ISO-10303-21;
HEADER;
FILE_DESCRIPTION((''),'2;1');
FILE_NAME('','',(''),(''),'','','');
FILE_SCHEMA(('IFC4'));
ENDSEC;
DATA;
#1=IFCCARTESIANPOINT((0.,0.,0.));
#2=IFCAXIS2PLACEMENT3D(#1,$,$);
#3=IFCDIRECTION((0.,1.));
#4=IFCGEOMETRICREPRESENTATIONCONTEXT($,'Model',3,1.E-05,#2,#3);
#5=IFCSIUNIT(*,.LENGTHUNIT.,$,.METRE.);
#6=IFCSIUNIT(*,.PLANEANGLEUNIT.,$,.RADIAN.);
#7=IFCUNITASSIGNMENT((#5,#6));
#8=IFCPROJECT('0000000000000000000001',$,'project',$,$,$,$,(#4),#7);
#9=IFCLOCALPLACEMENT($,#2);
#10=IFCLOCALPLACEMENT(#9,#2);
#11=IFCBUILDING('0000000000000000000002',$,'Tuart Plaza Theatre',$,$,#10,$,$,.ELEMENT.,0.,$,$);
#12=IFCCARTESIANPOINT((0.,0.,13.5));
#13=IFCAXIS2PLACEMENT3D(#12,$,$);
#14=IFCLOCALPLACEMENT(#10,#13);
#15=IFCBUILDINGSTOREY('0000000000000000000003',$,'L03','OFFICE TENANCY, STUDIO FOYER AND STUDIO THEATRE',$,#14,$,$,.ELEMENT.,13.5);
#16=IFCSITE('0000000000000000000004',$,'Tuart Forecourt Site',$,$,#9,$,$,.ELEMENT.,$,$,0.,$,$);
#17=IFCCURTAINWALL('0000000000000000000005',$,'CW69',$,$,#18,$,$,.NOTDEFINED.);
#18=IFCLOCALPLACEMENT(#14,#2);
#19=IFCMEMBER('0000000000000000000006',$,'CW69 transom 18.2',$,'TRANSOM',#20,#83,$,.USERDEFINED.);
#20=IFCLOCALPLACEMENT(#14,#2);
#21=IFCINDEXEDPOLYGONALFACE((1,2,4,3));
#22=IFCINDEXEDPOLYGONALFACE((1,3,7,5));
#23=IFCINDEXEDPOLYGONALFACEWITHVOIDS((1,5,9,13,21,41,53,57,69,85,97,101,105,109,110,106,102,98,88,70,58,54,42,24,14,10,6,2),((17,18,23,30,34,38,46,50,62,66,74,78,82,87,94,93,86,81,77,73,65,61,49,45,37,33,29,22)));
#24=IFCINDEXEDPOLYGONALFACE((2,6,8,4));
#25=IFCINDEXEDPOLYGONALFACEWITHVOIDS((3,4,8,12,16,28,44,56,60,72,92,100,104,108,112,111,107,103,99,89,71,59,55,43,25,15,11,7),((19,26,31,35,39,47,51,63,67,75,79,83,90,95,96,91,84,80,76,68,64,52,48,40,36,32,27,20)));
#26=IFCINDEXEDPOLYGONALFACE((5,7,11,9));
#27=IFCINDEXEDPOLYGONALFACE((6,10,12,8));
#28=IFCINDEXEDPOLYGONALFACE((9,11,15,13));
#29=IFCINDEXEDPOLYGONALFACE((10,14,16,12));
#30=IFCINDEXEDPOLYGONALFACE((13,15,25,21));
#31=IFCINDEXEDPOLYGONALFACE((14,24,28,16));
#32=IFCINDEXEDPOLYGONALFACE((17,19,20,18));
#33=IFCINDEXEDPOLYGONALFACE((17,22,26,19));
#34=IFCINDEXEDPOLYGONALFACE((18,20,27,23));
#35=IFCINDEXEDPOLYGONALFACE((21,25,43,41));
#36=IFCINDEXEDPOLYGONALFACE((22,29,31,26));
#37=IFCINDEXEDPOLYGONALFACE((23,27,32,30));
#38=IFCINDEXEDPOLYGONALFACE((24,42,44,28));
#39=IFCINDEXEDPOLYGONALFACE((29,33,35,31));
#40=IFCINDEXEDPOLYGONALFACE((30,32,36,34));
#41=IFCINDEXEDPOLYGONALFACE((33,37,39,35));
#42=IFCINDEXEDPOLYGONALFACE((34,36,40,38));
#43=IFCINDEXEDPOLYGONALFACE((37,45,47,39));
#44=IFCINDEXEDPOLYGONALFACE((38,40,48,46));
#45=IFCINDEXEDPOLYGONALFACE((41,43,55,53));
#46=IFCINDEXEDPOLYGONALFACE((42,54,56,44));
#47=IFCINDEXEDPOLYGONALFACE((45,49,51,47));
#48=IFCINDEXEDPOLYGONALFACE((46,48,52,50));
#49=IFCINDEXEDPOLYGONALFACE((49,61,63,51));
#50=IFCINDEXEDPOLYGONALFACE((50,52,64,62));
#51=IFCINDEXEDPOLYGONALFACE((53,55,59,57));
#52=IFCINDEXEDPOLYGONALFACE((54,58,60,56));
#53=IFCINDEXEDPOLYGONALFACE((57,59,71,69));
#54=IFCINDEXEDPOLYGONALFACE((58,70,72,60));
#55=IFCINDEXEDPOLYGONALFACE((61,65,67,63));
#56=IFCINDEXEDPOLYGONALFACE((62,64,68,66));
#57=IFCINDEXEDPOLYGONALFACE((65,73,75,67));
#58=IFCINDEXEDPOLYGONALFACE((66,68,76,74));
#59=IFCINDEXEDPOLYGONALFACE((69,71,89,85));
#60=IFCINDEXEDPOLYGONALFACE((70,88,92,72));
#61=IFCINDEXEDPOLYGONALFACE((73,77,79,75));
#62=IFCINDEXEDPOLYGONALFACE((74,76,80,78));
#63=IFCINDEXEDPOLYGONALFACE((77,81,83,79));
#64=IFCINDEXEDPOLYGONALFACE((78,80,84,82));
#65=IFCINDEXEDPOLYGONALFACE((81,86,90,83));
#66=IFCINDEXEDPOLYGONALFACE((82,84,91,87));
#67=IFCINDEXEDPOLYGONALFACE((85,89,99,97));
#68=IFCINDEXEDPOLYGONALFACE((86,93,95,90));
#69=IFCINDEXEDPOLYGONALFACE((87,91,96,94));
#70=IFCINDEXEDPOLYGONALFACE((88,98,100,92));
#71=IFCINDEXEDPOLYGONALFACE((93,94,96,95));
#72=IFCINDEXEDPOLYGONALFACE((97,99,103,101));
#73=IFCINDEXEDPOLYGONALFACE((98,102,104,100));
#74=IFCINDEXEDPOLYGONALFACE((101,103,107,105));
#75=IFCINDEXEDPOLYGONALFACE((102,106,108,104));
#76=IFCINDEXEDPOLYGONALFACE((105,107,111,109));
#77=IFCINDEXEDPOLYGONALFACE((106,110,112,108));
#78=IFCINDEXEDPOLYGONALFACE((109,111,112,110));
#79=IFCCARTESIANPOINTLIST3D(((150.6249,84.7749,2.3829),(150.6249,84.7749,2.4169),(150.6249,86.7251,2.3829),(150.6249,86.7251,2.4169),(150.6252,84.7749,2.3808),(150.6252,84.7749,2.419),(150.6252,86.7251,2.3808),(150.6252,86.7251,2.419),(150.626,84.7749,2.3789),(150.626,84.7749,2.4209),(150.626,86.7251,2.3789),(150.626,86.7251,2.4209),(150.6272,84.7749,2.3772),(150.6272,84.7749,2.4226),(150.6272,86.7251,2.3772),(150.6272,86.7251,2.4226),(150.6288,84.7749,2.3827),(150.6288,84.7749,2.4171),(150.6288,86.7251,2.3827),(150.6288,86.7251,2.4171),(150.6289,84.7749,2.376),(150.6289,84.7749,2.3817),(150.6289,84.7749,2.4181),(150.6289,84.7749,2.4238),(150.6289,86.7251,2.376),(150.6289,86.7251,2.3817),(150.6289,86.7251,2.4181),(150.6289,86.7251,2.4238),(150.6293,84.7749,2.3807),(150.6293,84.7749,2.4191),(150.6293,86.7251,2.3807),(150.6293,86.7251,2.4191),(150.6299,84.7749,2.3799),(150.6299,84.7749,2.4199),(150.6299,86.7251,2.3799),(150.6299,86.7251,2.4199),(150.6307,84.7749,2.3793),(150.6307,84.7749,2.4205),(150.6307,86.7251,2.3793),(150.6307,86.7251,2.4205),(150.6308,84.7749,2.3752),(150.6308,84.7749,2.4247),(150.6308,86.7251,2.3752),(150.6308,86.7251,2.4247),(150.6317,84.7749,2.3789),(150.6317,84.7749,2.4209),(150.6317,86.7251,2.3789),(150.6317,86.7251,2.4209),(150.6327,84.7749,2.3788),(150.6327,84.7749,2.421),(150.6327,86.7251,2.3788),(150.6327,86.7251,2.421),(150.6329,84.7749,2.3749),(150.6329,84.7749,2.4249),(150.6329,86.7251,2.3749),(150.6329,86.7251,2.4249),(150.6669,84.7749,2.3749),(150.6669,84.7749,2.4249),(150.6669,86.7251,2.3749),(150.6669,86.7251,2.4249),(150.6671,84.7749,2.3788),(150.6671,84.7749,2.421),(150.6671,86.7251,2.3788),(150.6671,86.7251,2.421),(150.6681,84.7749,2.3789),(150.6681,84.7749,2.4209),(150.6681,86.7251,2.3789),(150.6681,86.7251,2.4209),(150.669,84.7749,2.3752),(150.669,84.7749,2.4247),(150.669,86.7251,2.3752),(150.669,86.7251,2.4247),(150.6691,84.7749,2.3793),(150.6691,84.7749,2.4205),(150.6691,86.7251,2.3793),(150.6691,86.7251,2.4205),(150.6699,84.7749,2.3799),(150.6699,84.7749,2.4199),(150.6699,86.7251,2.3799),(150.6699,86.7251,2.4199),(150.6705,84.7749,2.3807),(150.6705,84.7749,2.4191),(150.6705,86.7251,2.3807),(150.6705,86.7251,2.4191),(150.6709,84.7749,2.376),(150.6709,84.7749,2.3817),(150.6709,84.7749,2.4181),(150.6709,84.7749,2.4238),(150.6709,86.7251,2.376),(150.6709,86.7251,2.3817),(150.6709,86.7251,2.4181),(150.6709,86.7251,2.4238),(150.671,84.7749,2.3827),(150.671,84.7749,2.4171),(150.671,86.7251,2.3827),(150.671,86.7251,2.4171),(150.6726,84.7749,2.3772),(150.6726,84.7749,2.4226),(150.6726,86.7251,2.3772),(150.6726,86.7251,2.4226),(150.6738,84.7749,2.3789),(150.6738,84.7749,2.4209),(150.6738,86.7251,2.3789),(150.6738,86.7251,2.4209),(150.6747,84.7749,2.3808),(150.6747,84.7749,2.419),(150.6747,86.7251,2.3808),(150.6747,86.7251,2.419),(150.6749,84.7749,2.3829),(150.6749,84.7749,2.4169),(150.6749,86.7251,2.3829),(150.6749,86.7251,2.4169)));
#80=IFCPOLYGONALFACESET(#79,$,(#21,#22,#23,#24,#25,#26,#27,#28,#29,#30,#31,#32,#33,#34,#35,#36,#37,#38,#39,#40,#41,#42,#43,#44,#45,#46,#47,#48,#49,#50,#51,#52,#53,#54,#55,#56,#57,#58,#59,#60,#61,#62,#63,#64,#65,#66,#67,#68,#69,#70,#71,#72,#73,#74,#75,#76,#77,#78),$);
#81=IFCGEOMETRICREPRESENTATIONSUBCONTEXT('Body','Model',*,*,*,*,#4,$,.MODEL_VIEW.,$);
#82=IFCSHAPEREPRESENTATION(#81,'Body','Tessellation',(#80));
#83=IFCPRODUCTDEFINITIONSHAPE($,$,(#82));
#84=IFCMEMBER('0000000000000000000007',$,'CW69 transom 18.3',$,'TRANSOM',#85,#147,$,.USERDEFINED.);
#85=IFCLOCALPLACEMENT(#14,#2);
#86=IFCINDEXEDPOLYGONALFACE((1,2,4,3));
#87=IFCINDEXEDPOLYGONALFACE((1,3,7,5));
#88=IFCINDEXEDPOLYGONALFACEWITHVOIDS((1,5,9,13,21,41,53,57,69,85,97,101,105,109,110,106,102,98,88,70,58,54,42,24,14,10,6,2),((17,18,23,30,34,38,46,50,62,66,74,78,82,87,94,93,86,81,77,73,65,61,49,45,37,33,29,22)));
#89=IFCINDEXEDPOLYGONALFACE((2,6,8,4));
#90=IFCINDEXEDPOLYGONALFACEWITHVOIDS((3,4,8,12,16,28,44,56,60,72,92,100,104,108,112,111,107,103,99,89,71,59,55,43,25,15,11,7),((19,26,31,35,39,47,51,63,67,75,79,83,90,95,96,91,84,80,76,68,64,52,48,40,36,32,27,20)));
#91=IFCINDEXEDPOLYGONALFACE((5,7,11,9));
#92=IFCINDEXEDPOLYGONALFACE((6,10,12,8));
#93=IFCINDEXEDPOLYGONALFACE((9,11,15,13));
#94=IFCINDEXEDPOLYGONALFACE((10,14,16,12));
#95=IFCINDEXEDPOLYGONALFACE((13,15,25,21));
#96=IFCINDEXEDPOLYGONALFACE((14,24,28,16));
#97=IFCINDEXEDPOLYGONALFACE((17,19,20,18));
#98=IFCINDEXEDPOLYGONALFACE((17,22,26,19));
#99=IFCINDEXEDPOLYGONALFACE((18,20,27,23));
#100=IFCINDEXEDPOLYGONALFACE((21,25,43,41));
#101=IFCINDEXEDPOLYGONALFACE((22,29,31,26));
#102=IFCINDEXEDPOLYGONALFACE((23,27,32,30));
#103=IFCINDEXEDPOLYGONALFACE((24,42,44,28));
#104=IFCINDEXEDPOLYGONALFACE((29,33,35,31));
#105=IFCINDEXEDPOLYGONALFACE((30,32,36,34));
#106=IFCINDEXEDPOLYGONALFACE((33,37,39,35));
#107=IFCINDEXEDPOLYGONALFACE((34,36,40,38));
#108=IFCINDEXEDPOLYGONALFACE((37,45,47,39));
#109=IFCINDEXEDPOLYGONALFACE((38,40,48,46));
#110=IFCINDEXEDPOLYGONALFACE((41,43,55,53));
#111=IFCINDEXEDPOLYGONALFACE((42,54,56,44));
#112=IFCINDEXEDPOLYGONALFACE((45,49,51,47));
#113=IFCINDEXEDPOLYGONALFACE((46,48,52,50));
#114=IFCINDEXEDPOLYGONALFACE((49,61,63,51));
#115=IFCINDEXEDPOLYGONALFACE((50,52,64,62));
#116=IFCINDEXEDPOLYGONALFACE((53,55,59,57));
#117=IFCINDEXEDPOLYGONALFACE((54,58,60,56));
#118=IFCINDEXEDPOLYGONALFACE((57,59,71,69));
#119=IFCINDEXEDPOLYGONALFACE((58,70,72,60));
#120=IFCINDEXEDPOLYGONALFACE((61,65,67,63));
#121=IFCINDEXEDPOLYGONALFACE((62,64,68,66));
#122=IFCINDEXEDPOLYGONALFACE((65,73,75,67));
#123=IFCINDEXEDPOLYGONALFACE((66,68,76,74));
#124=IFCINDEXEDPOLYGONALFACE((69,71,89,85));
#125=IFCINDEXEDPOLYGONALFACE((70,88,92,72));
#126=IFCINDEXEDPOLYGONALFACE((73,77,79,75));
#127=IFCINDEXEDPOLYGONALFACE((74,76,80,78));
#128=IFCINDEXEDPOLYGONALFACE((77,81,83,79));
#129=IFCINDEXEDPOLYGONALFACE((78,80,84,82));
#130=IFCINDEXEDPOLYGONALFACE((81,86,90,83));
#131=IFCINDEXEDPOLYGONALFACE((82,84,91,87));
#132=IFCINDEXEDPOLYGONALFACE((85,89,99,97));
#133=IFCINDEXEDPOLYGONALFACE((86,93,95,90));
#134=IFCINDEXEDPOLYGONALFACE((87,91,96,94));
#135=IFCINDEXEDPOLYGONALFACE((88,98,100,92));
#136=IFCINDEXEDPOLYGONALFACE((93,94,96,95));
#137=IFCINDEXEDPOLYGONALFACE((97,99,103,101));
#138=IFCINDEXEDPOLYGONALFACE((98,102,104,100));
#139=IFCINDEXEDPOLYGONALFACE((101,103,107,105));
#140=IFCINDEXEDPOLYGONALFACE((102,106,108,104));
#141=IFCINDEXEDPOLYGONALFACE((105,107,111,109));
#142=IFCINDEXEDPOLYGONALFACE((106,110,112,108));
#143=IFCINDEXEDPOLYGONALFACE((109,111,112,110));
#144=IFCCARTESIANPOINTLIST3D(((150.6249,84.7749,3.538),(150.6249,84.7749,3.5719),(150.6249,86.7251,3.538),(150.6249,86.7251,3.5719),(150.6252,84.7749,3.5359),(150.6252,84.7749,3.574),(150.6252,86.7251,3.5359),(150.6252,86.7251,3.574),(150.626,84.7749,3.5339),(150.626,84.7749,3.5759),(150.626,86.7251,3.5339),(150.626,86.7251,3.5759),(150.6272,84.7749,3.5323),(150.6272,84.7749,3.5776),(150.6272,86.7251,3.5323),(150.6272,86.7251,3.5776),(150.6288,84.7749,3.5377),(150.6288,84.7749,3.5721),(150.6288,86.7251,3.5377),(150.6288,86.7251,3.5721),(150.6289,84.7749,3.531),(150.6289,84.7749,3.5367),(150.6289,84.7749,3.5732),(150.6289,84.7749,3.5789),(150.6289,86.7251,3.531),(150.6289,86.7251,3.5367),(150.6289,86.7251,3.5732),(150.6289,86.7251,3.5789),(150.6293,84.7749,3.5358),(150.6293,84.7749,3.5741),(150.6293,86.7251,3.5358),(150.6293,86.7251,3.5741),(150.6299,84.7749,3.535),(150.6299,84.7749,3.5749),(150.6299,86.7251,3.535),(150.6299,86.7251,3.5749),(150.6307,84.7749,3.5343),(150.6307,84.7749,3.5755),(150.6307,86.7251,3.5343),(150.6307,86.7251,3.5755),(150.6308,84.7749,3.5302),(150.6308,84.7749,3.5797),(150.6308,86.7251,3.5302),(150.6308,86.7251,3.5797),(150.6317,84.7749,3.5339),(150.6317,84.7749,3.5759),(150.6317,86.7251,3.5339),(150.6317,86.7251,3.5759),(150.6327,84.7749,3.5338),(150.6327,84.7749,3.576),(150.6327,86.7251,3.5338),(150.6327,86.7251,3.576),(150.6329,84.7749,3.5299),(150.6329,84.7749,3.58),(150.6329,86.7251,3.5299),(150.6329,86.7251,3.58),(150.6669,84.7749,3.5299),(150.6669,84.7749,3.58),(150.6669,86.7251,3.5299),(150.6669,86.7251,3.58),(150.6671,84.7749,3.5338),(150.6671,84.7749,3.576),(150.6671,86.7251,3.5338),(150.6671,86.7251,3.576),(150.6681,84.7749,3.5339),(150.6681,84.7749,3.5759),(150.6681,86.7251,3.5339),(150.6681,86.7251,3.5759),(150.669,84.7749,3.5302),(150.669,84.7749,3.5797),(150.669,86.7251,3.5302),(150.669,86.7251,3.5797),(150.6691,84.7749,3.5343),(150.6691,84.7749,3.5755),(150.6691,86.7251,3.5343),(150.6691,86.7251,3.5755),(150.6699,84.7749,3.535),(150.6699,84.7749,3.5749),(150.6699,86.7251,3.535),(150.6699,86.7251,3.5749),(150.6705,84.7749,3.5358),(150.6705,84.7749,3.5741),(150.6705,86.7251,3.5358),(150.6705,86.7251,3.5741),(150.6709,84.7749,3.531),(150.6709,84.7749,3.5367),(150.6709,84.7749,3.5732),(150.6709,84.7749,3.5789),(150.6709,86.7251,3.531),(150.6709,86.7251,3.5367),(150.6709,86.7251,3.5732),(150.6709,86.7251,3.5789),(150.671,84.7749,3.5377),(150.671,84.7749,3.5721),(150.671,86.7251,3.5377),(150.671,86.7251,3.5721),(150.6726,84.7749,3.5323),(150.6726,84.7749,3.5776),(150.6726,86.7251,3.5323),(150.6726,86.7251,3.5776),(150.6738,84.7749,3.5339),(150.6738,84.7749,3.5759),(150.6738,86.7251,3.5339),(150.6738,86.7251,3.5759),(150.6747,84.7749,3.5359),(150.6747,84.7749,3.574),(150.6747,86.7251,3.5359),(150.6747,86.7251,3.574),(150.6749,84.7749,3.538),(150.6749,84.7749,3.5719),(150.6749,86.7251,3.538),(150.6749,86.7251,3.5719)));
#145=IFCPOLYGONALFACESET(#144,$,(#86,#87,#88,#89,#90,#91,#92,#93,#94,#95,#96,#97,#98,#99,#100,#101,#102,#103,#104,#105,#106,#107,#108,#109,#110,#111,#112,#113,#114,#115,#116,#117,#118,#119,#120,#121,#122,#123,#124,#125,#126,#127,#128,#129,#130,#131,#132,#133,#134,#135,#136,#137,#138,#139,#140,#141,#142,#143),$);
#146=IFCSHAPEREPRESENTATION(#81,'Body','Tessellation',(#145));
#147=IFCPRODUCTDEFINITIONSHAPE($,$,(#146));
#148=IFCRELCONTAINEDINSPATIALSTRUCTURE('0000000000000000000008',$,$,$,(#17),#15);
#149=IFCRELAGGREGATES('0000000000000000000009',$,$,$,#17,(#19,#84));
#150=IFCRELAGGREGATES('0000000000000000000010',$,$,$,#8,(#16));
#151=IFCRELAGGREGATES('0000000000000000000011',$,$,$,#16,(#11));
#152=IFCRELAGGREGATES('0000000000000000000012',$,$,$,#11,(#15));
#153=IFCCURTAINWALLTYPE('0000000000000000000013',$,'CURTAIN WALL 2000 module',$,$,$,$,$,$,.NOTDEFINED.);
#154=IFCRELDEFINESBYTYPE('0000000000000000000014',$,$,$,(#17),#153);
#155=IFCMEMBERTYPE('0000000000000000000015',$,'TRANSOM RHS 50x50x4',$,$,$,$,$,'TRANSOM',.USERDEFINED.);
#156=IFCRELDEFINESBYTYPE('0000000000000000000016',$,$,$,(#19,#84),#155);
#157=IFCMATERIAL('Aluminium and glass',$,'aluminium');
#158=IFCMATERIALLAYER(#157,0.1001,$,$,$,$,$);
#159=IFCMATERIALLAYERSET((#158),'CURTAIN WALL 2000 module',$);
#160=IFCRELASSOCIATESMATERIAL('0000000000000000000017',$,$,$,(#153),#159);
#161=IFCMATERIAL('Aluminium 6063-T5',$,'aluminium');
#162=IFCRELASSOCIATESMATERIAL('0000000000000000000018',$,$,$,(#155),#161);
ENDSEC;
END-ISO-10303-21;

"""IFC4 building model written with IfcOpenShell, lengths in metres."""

from ifc_helpers import new_model, si_unit, direction, frame, origin, origin_2d, place, context, subcontext, project, spatial, hollow_rectangle, extrude, material, layer, layer_set, material_profile, profile_set, type_object, element, aggregate, save


model = new_model("IFC4")

# Units and contexts
model_context = context("Model", 3, precision=1e-05, world=origin(), true_north=direction((0.0, 1.0)))
body_context = subcontext(model_context, "Body", "Model", "MODEL_VIEW")
ifc_project = project(units=[si_unit("LENGTHUNIT", "METRE"), si_unit("PLANEANGLEUNIT", "RADIAN")], contexts=[model_context])

# Site, building, storey
site_placement = place(None, origin())
site = spatial("IfcSite", under=ifc_project, at=site_placement, Name="Tuart Forecourt Site", CompositionType="ELEMENT", RefElevation=0.0)
building_placement = place(site_placement, origin())
building = spatial("IfcBuilding", under=site, at=building_placement, Name="Tuart Plaza Theatre", CompositionType="ELEMENT", ElevationOfRefHeight=0.0)
storey_placement = place(building_placement, frame((0.0, 0.0, 13.5)))
storey = spatial("IfcBuildingStorey", under=building, at=storey_placement, Name="L03", Description="OFFICE TENANCY, STUDIO FOYER AND STUDIO THEATRE", CompositionType="ELEMENT", Elevation=13.5)

# Curtain wall, members
ifc_material_1 = material(Name="Aluminium and glass", Category="aluminium")
ifc_layer_1 = layer(ifc_material_1, 0.1001)
ifc_layer_set_1 = layer_set([ifc_layer_1], Name="CURTAIN WALL 2000 module")
curtain_wall_type = type_object("IfcCurtainWallType", Name="CURTAIN WALL 2000 module", PredefinedType="NOTDEFINED", material=ifc_layer_set_1)
curtain_wall_placement = place(storey_placement, origin())
curtain_wall = element("IfcCurtainWall", 1, at=curtain_wall_placement, inside=storey, type_object=curtain_wall_type, Name="CW69", PredefinedType="NOTDEFINED")
ifc_material_2 = material(Name="Aluminium 6063-T5", Category="aluminium")
ifc_material_profile_1 = material_profile(ifc_material_2, hollow_rectangle(XDim=0.05, YDim=0.05, WallThickness=0.0039, InnerFilletRadius=0.0039, OuterFilletRadius=0.0081, at=origin_2d()), Name="RHS 50x50x4")
ifc_profile_set_1 = profile_set([ifc_material_profile_1], Name="Aluminium 6063-T5")
member_type_1 = type_object("IfcMemberType", Name="TRANSOM RHS 50x50x4", ElementType="TRANSOM", PredefinedType="USERDEFINED", material=ifc_profile_set_1)
member_1_placement = place(storey_placement, frame((150.6499, 84.7749, 2.3999), z_axis=(0.0, 1.0, 0.0), x_axis=(-1.0, 0.0, 0.0)))
member_1 = element("IfcMember", 2, at=member_1_placement, type_object=member_type_1, Name="CW69 transom 18.2", ObjectType="TRANSOM", PredefinedType="USERDEFINED", context=body_context, shape_type="SweptSolid", body=[
    extrude(hollow_rectangle(XDim=0.05, YDim=0.05, WallThickness=0.0039, InnerFilletRadius=0.0039, OuterFilletRadius=0.0081, at=origin_2d()), origin(), (0.0, 0.0, 1.0), 1.9502),
])
member_2_placement = place(storey_placement, frame((150.6499, 84.7749, 3.5549), z_axis=(0.0, 1.0, 0.0), x_axis=(-1.0, 0.0, 0.0)))
member_2 = element("IfcMember", 3, at=member_2_placement, type_object=member_type_1, Name="CW69 transom 18.3", ObjectType="TRANSOM", PredefinedType="USERDEFINED", context=body_context, shape_type="SweptSolid", body=[
    extrude(hollow_rectangle(XDim=0.05, YDim=0.05, WallThickness=0.0039, InnerFilletRadius=0.0039, OuterFilletRadius=0.0081, at=origin_2d()), origin(), (0.0, 0.0, 1.0), 1.9502),
])
aggregate(curtain_wall, [member_1, member_2])

save(model, "model.ifc")
